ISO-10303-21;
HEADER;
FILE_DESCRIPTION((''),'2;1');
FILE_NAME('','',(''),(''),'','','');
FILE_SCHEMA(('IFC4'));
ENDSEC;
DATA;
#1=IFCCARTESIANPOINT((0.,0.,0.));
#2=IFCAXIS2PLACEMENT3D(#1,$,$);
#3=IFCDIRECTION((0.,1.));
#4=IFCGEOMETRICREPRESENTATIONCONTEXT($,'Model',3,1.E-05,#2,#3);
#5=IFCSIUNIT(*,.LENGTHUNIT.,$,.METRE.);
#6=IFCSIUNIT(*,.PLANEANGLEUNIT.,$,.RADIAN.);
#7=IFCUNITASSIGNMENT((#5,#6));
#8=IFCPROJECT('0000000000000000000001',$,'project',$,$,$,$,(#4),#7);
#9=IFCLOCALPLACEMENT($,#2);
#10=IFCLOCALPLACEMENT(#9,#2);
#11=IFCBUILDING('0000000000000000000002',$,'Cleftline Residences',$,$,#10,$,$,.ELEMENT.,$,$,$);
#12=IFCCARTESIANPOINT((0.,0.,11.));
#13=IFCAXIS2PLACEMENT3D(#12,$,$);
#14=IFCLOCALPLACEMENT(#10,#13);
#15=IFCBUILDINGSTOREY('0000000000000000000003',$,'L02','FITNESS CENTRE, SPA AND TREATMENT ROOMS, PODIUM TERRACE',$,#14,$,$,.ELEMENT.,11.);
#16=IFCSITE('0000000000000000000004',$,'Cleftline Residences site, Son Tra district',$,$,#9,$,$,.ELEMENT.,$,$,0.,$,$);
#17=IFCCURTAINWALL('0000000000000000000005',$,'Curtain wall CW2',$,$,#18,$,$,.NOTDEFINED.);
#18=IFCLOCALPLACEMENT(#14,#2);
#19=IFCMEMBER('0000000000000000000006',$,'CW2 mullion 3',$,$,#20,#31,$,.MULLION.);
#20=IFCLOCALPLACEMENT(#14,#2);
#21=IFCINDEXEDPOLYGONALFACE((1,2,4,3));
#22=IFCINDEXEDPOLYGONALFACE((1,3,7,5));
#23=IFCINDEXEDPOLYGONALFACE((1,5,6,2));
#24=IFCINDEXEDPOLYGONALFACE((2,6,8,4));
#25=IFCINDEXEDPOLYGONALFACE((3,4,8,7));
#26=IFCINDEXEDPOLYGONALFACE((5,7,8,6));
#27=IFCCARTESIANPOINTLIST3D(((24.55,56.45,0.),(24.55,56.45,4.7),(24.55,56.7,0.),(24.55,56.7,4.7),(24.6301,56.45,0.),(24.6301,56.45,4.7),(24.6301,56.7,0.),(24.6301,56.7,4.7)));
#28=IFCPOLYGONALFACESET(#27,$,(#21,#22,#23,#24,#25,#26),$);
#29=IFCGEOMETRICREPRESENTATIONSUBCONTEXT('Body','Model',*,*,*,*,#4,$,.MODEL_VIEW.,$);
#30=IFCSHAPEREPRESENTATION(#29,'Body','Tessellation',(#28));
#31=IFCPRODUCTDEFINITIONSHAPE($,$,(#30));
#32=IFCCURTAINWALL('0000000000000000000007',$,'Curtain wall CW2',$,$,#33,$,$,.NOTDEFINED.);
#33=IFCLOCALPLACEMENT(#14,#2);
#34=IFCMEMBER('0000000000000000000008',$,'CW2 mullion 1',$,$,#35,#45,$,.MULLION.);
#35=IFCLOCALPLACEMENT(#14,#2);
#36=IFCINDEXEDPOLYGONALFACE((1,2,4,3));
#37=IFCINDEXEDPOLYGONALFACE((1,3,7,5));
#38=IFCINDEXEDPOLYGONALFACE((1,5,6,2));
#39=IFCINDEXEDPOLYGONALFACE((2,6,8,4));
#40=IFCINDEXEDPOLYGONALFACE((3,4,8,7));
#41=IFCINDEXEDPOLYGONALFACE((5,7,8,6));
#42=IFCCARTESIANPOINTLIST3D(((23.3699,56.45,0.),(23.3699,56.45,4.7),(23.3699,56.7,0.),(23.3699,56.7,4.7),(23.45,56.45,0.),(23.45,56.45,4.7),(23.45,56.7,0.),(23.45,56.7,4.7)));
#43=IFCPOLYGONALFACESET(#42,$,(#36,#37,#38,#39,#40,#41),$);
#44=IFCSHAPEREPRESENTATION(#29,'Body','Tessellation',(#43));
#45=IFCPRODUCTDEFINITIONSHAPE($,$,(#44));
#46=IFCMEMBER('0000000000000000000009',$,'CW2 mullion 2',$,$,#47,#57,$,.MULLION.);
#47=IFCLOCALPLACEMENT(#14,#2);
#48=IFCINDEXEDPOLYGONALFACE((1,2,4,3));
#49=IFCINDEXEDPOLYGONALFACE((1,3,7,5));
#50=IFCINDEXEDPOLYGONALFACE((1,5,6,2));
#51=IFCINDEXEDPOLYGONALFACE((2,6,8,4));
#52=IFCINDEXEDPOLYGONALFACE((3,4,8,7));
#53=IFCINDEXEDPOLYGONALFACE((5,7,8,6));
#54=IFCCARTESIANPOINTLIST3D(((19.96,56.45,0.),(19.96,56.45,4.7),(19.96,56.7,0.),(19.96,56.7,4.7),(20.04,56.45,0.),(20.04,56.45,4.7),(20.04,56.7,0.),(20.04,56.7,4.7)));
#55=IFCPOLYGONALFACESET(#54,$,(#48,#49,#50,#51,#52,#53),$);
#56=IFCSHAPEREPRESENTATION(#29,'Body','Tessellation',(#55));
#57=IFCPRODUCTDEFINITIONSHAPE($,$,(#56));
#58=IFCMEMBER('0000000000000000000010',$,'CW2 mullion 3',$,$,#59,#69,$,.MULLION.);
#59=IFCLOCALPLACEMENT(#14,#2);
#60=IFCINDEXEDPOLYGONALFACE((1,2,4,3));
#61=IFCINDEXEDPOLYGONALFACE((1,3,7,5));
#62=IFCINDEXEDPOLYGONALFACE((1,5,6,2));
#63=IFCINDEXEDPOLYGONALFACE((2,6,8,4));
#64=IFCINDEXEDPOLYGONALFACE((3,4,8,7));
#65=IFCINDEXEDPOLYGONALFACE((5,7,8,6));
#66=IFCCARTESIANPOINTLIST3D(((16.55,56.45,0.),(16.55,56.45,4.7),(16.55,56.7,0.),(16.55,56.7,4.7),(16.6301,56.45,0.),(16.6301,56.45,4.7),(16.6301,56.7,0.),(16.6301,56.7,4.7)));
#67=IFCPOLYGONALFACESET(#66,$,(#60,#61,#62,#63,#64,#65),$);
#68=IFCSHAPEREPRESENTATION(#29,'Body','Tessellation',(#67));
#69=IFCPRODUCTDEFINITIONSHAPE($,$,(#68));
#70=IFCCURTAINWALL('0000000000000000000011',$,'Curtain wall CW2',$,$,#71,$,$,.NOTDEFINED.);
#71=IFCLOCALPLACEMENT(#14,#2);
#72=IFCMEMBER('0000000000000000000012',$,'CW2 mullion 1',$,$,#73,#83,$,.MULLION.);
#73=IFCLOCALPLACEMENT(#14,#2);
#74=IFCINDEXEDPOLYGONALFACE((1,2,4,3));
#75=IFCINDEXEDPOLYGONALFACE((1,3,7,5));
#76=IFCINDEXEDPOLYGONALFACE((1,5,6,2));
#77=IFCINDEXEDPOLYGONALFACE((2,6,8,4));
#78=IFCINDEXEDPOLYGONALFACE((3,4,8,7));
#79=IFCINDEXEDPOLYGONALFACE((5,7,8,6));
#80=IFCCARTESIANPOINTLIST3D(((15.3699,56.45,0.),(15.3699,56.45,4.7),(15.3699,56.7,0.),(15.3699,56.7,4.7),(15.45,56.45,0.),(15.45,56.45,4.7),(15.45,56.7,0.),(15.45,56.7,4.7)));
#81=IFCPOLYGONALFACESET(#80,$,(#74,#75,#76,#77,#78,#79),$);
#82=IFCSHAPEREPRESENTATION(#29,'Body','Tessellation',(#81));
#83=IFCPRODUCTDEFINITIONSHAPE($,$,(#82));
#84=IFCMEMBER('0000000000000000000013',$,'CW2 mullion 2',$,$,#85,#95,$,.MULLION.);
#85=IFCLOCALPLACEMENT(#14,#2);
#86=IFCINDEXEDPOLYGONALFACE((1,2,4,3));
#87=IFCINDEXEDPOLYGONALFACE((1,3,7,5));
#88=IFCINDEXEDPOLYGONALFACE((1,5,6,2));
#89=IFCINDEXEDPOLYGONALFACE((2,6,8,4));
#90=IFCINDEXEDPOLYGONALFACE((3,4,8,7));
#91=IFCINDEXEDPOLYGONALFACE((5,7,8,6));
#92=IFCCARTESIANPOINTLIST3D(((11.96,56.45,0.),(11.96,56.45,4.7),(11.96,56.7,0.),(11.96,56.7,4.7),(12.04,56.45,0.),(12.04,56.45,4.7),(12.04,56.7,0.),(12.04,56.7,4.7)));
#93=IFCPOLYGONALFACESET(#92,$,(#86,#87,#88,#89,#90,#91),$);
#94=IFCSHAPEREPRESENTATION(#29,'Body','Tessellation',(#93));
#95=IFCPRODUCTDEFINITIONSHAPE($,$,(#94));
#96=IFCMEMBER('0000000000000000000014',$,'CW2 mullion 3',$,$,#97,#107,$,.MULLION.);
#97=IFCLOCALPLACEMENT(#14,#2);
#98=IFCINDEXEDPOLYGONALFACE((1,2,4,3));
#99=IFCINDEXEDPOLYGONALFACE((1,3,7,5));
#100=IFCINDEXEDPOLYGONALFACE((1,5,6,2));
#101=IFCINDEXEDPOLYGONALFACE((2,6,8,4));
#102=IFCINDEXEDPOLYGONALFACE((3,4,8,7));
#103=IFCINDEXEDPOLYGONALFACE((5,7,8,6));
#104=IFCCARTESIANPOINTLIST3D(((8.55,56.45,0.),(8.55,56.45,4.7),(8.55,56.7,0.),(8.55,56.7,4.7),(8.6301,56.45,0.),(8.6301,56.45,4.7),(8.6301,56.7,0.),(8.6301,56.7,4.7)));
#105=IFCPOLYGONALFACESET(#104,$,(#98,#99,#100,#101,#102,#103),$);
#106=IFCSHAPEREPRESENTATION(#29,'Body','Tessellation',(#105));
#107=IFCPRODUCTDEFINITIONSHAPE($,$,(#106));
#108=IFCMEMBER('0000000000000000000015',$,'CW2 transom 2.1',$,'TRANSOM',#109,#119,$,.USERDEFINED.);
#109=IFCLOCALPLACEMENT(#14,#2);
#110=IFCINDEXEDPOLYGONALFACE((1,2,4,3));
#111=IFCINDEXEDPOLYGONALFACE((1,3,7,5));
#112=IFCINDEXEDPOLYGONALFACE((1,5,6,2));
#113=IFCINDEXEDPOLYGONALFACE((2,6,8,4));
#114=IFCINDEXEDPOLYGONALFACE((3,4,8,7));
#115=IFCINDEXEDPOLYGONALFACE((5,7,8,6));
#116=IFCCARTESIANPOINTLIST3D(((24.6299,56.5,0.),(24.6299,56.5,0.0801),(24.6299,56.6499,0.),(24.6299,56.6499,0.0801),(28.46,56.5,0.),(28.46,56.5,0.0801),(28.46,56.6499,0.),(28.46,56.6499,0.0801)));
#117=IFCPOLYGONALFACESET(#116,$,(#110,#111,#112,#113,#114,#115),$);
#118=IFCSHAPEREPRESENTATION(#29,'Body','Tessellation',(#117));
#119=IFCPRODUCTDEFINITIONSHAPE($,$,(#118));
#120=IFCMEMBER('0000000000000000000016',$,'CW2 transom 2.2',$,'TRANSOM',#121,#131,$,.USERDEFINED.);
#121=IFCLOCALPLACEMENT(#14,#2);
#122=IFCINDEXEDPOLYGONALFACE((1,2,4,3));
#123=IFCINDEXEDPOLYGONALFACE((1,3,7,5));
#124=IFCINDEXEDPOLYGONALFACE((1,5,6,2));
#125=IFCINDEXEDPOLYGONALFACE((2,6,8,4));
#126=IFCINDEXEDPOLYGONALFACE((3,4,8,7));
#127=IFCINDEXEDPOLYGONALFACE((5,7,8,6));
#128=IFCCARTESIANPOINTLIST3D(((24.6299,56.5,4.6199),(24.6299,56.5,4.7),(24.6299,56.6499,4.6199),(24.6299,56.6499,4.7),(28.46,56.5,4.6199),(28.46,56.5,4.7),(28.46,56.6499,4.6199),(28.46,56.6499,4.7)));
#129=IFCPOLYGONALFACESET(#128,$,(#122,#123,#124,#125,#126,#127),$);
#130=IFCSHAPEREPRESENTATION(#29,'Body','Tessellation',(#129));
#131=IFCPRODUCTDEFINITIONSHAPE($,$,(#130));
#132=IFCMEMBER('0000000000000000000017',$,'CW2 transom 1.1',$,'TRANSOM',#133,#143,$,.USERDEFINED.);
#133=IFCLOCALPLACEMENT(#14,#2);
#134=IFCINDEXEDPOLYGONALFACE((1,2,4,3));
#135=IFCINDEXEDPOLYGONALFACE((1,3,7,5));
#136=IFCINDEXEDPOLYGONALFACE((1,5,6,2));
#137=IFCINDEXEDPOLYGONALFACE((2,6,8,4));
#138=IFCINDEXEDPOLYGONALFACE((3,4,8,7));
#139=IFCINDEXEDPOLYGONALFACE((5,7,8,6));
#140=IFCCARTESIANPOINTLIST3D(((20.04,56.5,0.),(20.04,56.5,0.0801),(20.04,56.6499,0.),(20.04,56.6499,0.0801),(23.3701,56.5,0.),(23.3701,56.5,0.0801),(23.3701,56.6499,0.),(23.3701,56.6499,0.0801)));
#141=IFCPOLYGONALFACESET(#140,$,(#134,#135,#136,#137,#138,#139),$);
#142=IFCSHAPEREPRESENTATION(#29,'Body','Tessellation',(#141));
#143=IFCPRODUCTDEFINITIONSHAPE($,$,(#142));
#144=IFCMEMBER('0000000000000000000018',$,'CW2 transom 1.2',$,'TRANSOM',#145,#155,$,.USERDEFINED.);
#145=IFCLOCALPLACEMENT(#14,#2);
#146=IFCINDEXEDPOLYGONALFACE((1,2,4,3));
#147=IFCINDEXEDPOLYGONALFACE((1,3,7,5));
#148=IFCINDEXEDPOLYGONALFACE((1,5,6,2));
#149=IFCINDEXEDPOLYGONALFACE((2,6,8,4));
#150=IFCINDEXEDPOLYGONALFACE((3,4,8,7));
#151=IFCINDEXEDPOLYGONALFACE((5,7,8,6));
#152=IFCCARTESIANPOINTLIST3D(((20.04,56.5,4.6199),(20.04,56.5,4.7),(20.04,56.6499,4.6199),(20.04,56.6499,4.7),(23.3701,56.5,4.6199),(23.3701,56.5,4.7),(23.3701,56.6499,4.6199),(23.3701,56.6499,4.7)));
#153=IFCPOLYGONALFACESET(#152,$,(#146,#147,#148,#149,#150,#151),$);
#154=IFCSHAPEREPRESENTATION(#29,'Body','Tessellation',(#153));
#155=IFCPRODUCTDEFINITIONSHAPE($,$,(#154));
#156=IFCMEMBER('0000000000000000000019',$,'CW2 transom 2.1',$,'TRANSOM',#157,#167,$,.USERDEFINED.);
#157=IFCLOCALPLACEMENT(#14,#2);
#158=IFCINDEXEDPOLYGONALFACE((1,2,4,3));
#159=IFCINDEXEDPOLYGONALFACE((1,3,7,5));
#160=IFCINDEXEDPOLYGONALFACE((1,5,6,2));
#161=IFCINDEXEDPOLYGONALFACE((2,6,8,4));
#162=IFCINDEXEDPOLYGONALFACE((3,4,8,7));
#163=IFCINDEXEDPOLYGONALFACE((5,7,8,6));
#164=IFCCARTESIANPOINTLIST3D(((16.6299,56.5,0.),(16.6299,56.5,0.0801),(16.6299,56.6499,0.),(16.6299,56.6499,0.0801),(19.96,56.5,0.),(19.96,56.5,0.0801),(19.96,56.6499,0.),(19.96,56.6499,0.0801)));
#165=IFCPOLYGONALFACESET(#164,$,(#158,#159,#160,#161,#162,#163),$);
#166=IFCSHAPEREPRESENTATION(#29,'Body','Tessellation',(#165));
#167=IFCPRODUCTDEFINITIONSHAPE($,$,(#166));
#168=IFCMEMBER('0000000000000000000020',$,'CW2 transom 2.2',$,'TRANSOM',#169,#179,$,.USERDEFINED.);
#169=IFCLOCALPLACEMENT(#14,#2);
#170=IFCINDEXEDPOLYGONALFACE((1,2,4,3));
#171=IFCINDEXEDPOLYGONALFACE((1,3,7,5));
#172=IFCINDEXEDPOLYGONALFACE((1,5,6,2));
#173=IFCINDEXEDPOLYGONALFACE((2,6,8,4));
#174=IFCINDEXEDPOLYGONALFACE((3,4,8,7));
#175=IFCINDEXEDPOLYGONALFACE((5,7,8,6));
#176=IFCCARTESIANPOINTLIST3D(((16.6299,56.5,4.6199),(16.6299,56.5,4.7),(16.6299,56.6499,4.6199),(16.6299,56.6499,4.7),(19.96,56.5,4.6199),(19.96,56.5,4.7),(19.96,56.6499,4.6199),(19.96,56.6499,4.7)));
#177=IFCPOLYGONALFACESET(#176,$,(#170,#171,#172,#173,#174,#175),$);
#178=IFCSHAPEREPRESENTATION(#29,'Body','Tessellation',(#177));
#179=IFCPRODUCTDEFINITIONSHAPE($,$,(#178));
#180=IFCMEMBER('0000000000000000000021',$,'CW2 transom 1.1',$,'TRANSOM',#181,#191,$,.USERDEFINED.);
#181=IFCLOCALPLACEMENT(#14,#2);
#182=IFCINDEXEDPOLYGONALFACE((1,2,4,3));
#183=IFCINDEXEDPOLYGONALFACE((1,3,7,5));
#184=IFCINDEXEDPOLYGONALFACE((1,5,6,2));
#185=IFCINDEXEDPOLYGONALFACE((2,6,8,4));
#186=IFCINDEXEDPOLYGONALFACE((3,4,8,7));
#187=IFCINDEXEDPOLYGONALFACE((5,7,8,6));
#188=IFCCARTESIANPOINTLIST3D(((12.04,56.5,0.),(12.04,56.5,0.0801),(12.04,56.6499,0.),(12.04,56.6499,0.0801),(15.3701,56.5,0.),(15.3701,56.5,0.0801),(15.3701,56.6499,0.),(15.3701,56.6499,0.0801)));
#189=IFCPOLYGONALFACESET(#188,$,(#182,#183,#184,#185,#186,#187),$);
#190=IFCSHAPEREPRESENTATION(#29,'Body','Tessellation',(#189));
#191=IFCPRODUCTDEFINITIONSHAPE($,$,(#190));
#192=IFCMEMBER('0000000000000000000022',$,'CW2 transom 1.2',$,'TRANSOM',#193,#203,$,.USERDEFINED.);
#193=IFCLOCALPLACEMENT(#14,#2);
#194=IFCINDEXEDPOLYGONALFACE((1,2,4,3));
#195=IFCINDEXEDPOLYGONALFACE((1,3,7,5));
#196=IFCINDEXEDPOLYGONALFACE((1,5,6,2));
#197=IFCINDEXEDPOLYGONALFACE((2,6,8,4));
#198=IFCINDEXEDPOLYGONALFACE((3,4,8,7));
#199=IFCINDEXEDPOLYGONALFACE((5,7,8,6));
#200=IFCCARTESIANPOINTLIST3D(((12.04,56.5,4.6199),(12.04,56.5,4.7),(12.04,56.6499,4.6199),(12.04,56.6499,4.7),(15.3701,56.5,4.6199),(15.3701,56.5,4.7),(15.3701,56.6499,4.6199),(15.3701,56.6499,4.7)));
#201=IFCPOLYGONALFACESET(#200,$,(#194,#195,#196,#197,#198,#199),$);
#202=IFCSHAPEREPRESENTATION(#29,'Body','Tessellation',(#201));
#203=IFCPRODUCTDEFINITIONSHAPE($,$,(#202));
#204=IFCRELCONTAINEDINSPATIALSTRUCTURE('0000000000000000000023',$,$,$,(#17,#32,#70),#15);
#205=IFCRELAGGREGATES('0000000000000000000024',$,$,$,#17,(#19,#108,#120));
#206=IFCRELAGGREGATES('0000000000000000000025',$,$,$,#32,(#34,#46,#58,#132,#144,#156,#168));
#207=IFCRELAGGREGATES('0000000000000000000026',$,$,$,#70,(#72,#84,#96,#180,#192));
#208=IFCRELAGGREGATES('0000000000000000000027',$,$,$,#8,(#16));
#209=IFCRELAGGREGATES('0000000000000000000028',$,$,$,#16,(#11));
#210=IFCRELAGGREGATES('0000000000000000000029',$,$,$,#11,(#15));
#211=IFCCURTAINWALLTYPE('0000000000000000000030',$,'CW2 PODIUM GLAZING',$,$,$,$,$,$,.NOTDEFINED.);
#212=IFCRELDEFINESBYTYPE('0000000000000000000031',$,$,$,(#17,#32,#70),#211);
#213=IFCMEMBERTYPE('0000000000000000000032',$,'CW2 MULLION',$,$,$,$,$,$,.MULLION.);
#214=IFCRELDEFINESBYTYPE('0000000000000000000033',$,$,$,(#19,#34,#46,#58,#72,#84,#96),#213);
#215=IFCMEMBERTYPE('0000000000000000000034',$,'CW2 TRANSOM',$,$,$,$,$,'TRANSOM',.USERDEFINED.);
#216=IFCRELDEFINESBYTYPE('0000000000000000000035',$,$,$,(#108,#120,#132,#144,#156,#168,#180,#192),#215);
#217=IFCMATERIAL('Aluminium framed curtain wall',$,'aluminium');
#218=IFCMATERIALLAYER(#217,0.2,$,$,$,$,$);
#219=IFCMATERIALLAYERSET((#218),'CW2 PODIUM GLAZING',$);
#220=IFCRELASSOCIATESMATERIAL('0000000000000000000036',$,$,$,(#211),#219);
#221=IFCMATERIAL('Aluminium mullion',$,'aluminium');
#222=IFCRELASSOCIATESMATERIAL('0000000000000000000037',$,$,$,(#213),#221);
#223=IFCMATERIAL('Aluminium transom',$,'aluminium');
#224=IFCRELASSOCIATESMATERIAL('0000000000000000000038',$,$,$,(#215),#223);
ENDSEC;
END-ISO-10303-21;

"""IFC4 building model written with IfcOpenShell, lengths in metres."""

from ifc_helpers import new_model, si_unit, direction, frame, origin, origin_2d, place, context, subcontext, project, spatial, rectangle, extrude, material, layer, layer_set, material_profile, profile_set, type_object, element, aggregate, save


model = new_model("IFC4")

# Units and contexts
model_context = context("Model", 3, precision=1e-05, world=origin(), true_north=direction((0.0, 1.0)))
body_context = subcontext(model_context, "Body", "Model", "MODEL_VIEW")
ifc_project = project(units=[si_unit("LENGTHUNIT", "METRE"), si_unit("PLANEANGLEUNIT", "RADIAN")], contexts=[model_context])

# Site, building, storey
site_placement = place(None, origin())
site = spatial("IfcSite", under=ifc_project, at=site_placement, Name="Cleftline Residences site, Son Tra district", CompositionType="ELEMENT", RefElevation=0.0)
building_placement = place(site_placement, origin())
building = spatial("IfcBuilding", under=site, at=building_placement, Name="Cleftline Residences", CompositionType="ELEMENT")
storey_placement = place(building_placement, frame((0.0, 0.0, 11.0)))
storey = spatial("IfcBuildingStorey", under=building, at=storey_placement, Name="L02", Description="FITNESS CENTRE, SPA AND TREATMENT ROOMS, PODIUM TERRACE", CompositionType="ELEMENT", Elevation=11.0)

# Curtain walls, members
ifc_material_1 = material(Name="Aluminium framed curtain wall", Category="aluminium")
ifc_layer_1 = layer(ifc_material_1, 0.2)
ifc_layer_set_1 = layer_set([ifc_layer_1], Name="CW2 PODIUM GLAZING")
curtain_wall_type = type_object("IfcCurtainWallType", Name="CW2 PODIUM GLAZING", PredefinedType="NOTDEFINED", material=ifc_layer_set_1)
curtain_wall_1_placement = place(storey_placement, origin())
curtain_wall_1 = element("IfcCurtainWall", 1, at=curtain_wall_1_placement, inside=storey, type_object=curtain_wall_type, Name="Curtain wall CW2", PredefinedType="NOTDEFINED")
ifc_material_2 = material(Name="Aluminium mullion", Category="aluminium")
ifc_material_profile_1 = material_profile(ifc_material_2, rectangle(XDim=0.25, YDim=0.0801, at=origin_2d()))
ifc_profile_set_1 = profile_set([ifc_material_profile_1], Name="Aluminium mullion")
member_type_1 = type_object("IfcMemberType", Name="CW2 MULLION", PredefinedType="MULLION", material=ifc_profile_set_1)
member_1_placement = place(storey_placement, frame((24.5901, 56.575, 0.0), z_axis=(0.0, 0.0, 1.0), x_axis=(0.0, -1.0, 0.0)))
member_1 = element("IfcMember", 2, at=member_1_placement, type_object=member_type_1, Name="CW2 mullion 3", PredefinedType="MULLION", context=body_context, shape_type="SweptSolid", body=[
    extrude(rectangle(XDim=0.25, YDim=0.0801, at=origin_2d()), origin(), (0.0, 0.0, 1.0), 4.7),
])
curtain_wall_2_placement = place(storey_placement, origin())
curtain_wall_2 = element("IfcCurtainWall", 3, at=curtain_wall_2_placement, inside=storey, type_object=curtain_wall_type, Name="Curtain wall CW2", PredefinedType="NOTDEFINED")
member_2_placement = place(storey_placement, frame((23.4099, 56.575, 0.0), z_axis=(0.0, 0.0, 1.0), x_axis=(0.0, -1.0, 0.0)))
member_2 = element("IfcMember", 4, at=member_2_placement, type_object=member_type_1, Name="CW2 mullion 1", PredefinedType="MULLION", context=body_context, shape_type="SweptSolid", body=[
    extrude(rectangle(XDim=0.25, YDim=0.0801, at=origin_2d()), origin(), (0.0, 0.0, 1.0), 4.7),
])
member_3_placement = place(storey_placement, frame((20.0, 56.575, 0.0), z_axis=(0.0, 0.0, 1.0), x_axis=(0.0, -1.0, 0.0)))
member_3 = element("IfcMember", 5, at=member_3_placement, type_object=member_type_1, Name="CW2 mullion 2", PredefinedType="MULLION", context=body_context, shape_type="SweptSolid", body=[
    extrude(rectangle(XDim=0.25, YDim=0.0801, at=origin_2d()), origin(), (0.0, 0.0, 1.0), 4.7),
])
member_4_placement = place(storey_placement, frame((16.5901, 56.575, 0.0), z_axis=(0.0, 0.0, 1.0), x_axis=(0.0, -1.0, 0.0)))
member_4 = element("IfcMember", 6, at=member_4_placement, type_object=member_type_1, Name="CW2 mullion 3", PredefinedType="MULLION", context=body_context, shape_type="SweptSolid", body=[
    extrude(rectangle(XDim=0.25, YDim=0.0801, at=origin_2d()), origin(), (0.0, 0.0, 1.0), 4.7),
])
curtain_wall_3_placement = place(storey_placement, origin())
curtain_wall_3 = element("IfcCurtainWall", 7, at=curtain_wall_3_placement, inside=storey, type_object=curtain_wall_type, Name="Curtain wall CW2", PredefinedType="NOTDEFINED")
member_5_placement = place(storey_placement, frame((15.4099, 56.575, 0.0), z_axis=(0.0, 0.0, 1.0), x_axis=(0.0, -1.0, 0.0)))
member_5 = element("IfcMember", 8, at=member_5_placement, type_object=member_type_1, Name="CW2 mullion 1", PredefinedType="MULLION", context=body_context, shape_type="SweptSolid", body=[
    extrude(rectangle(XDim=0.25, YDim=0.0801, at=origin_2d()), origin(), (0.0, 0.0, 1.0), 4.7),
])
member_6_placement = place(storey_placement, frame((12.0, 56.575, 0.0), z_axis=(0.0, 0.0, 1.0), x_axis=(0.0, -1.0, 0.0)))
member_6 = element("IfcMember", 9, at=member_6_placement, type_object=member_type_1, Name="CW2 mullion 2", PredefinedType="MULLION", context=body_context, shape_type="SweptSolid", body=[
    extrude(rectangle(XDim=0.25, YDim=0.0801, at=origin_2d()), origin(), (0.0, 0.0, 1.0), 4.7),
])
member_7_placement = place(storey_placement, frame((8.5901, 56.575, 0.0), z_axis=(0.0, 0.0, 1.0), x_axis=(0.0, -1.0, 0.0)))
member_7 = element("IfcMember", 10, at=member_7_placement, type_object=member_type_1, Name="CW2 mullion 3", PredefinedType="MULLION", context=body_context, shape_type="SweptSolid", body=[
    extrude(rectangle(XDim=0.25, YDim=0.0801, at=origin_2d()), origin(), (0.0, 0.0, 1.0), 4.7),
])

# Members
ifc_material_3 = material(Name="Aluminium transom", Category="aluminium")
ifc_material_profile_2 = material_profile(ifc_material_3, rectangle(XDim=0.1499, YDim=0.0801, at=origin_2d()))
ifc_profile_set_2 = profile_set([ifc_material_profile_2], Name="Aluminium transom")
member_type_2 = type_object("IfcMemberType", Name="CW2 TRANSOM", ElementType="TRANSOM", PredefinedType="USERDEFINED", material=ifc_profile_set_2)
member_8_placement = place(storey_placement, frame((28.46, 56.575, 0.04), z_axis=(-1.0, 0.0, 0.0), x_axis=(0.0, -1.0, 0.0)))
member_8 = element("IfcMember", 11, at=member_8_placement, type_object=member_type_2, Name="CW2 transom 2.1", ObjectType="TRANSOM", PredefinedType="USERDEFINED", context=body_context, shape_type="SweptSolid", body=[
    extrude(rectangle(XDim=0.1499, YDim=0.0801, at=origin_2d()), origin(), (0.0, 0.0, 1.0), 3.8301),
])
member_9_placement = place(storey_placement, frame((28.46, 56.575, 4.6599), z_axis=(-1.0, 0.0, 0.0), x_axis=(0.0, -1.0, 0.0)))
member_9 = element("IfcMember", 12, at=member_9_placement, type_object=member_type_2, Name="CW2 transom 2.2", ObjectType="TRANSOM", PredefinedType="USERDEFINED", context=body_context, shape_type="SweptSolid", body=[
    extrude(rectangle(XDim=0.1499, YDim=0.0801, at=origin_2d()), origin(), (0.0, 0.0, 1.0), 3.8301),
])
member_10_placement = place(storey_placement, frame((23.3701, 56.575, 0.04), z_axis=(-1.0, 0.0, 0.0), x_axis=(0.0, -1.0, 0.0)))
member_10 = element("IfcMember", 13, at=member_10_placement, type_object=member_type_2, Name="CW2 transom 1.1", ObjectType="TRANSOM", PredefinedType="USERDEFINED", context=body_context, shape_type="SweptSolid", body=[
    extrude(rectangle(XDim=0.1499, YDim=0.0801, at=origin_2d()), origin(), (0.0, 0.0, 1.0), 3.3301),
])
member_11_placement = place(storey_placement, frame((23.3701, 56.575, 4.6599), z_axis=(-1.0, 0.0, 0.0), x_axis=(0.0, -1.0, 0.0)))
member_11 = element("IfcMember", 14, at=member_11_placement, type_object=member_type_2, Name="CW2 transom 1.2", ObjectType="TRANSOM", PredefinedType="USERDEFINED", context=body_context, shape_type="SweptSolid", body=[
    extrude(rectangle(XDim=0.1499, YDim=0.0801, at=origin_2d()), origin(), (0.0, 0.0, 1.0), 3.3301),
])
member_12_placement = place(storey_placement, frame((19.96, 56.575, 0.04), z_axis=(-1.0, 0.0, 0.0), x_axis=(0.0, -1.0, 0.0)))
member_12 = element("IfcMember", 15, at=member_12_placement, type_object=member_type_2, Name="CW2 transom 2.1", ObjectType="TRANSOM", PredefinedType="USERDEFINED", context=body_context, shape_type="SweptSolid", body=[
    extrude(rectangle(XDim=0.1499, YDim=0.0801, at=origin_2d()), origin(), (0.0, 0.0, 1.0), 3.3301),
])
member_13_placement = place(storey_placement, frame((19.96, 56.575, 4.6599), z_axis=(-1.0, 0.0, 0.0), x_axis=(0.0, -1.0, 0.0)))
member_13 = element("IfcMember", 16, at=member_13_placement, type_object=member_type_2, Name="CW2 transom 2.2", ObjectType="TRANSOM", PredefinedType="USERDEFINED", context=body_context, shape_type="SweptSolid", body=[
    extrude(rectangle(XDim=0.1499, YDim=0.0801, at=origin_2d()), origin(), (0.0, 0.0, 1.0), 3.3301),
])
member_14_placement = place(storey_placement, frame((15.3701, 56.575, 0.04), z_axis=(-1.0, 0.0, 0.0), x_axis=(0.0, -1.0, 0.0)))
member_14 = element("IfcMember", 17, at=member_14_placement, type_object=member_type_2, Name="CW2 transom 1.1", ObjectType="TRANSOM", PredefinedType="USERDEFINED", context=body_context, shape_type="SweptSolid", body=[
    extrude(rectangle(XDim=0.1499, YDim=0.0801, at=origin_2d()), origin(), (0.0, 0.0, 1.0), 3.3301),
])
member_15_placement = place(storey_placement, frame((15.3701, 56.575, 4.6599), z_axis=(-1.0, 0.0, 0.0), x_axis=(0.0, -1.0, 0.0)))
member_15 = element("IfcMember", 18, at=member_15_placement, type_object=member_type_2, Name="CW2 transom 1.2", ObjectType="TRANSOM", PredefinedType="USERDEFINED", context=body_context, shape_type="SweptSolid", body=[
    extrude(rectangle(XDim=0.1499, YDim=0.0801, at=origin_2d()), origin(), (0.0, 0.0, 1.0), 3.3301),
])

aggregate(curtain_wall_1, [member_1, member_8, member_9])
aggregate(curtain_wall_2, [member_2, member_3, member_4, member_10, member_11, member_12, member_13])
aggregate(curtain_wall_3, [member_5, member_6, member_7, member_14, member_15])

save(model, "model.ifc")
